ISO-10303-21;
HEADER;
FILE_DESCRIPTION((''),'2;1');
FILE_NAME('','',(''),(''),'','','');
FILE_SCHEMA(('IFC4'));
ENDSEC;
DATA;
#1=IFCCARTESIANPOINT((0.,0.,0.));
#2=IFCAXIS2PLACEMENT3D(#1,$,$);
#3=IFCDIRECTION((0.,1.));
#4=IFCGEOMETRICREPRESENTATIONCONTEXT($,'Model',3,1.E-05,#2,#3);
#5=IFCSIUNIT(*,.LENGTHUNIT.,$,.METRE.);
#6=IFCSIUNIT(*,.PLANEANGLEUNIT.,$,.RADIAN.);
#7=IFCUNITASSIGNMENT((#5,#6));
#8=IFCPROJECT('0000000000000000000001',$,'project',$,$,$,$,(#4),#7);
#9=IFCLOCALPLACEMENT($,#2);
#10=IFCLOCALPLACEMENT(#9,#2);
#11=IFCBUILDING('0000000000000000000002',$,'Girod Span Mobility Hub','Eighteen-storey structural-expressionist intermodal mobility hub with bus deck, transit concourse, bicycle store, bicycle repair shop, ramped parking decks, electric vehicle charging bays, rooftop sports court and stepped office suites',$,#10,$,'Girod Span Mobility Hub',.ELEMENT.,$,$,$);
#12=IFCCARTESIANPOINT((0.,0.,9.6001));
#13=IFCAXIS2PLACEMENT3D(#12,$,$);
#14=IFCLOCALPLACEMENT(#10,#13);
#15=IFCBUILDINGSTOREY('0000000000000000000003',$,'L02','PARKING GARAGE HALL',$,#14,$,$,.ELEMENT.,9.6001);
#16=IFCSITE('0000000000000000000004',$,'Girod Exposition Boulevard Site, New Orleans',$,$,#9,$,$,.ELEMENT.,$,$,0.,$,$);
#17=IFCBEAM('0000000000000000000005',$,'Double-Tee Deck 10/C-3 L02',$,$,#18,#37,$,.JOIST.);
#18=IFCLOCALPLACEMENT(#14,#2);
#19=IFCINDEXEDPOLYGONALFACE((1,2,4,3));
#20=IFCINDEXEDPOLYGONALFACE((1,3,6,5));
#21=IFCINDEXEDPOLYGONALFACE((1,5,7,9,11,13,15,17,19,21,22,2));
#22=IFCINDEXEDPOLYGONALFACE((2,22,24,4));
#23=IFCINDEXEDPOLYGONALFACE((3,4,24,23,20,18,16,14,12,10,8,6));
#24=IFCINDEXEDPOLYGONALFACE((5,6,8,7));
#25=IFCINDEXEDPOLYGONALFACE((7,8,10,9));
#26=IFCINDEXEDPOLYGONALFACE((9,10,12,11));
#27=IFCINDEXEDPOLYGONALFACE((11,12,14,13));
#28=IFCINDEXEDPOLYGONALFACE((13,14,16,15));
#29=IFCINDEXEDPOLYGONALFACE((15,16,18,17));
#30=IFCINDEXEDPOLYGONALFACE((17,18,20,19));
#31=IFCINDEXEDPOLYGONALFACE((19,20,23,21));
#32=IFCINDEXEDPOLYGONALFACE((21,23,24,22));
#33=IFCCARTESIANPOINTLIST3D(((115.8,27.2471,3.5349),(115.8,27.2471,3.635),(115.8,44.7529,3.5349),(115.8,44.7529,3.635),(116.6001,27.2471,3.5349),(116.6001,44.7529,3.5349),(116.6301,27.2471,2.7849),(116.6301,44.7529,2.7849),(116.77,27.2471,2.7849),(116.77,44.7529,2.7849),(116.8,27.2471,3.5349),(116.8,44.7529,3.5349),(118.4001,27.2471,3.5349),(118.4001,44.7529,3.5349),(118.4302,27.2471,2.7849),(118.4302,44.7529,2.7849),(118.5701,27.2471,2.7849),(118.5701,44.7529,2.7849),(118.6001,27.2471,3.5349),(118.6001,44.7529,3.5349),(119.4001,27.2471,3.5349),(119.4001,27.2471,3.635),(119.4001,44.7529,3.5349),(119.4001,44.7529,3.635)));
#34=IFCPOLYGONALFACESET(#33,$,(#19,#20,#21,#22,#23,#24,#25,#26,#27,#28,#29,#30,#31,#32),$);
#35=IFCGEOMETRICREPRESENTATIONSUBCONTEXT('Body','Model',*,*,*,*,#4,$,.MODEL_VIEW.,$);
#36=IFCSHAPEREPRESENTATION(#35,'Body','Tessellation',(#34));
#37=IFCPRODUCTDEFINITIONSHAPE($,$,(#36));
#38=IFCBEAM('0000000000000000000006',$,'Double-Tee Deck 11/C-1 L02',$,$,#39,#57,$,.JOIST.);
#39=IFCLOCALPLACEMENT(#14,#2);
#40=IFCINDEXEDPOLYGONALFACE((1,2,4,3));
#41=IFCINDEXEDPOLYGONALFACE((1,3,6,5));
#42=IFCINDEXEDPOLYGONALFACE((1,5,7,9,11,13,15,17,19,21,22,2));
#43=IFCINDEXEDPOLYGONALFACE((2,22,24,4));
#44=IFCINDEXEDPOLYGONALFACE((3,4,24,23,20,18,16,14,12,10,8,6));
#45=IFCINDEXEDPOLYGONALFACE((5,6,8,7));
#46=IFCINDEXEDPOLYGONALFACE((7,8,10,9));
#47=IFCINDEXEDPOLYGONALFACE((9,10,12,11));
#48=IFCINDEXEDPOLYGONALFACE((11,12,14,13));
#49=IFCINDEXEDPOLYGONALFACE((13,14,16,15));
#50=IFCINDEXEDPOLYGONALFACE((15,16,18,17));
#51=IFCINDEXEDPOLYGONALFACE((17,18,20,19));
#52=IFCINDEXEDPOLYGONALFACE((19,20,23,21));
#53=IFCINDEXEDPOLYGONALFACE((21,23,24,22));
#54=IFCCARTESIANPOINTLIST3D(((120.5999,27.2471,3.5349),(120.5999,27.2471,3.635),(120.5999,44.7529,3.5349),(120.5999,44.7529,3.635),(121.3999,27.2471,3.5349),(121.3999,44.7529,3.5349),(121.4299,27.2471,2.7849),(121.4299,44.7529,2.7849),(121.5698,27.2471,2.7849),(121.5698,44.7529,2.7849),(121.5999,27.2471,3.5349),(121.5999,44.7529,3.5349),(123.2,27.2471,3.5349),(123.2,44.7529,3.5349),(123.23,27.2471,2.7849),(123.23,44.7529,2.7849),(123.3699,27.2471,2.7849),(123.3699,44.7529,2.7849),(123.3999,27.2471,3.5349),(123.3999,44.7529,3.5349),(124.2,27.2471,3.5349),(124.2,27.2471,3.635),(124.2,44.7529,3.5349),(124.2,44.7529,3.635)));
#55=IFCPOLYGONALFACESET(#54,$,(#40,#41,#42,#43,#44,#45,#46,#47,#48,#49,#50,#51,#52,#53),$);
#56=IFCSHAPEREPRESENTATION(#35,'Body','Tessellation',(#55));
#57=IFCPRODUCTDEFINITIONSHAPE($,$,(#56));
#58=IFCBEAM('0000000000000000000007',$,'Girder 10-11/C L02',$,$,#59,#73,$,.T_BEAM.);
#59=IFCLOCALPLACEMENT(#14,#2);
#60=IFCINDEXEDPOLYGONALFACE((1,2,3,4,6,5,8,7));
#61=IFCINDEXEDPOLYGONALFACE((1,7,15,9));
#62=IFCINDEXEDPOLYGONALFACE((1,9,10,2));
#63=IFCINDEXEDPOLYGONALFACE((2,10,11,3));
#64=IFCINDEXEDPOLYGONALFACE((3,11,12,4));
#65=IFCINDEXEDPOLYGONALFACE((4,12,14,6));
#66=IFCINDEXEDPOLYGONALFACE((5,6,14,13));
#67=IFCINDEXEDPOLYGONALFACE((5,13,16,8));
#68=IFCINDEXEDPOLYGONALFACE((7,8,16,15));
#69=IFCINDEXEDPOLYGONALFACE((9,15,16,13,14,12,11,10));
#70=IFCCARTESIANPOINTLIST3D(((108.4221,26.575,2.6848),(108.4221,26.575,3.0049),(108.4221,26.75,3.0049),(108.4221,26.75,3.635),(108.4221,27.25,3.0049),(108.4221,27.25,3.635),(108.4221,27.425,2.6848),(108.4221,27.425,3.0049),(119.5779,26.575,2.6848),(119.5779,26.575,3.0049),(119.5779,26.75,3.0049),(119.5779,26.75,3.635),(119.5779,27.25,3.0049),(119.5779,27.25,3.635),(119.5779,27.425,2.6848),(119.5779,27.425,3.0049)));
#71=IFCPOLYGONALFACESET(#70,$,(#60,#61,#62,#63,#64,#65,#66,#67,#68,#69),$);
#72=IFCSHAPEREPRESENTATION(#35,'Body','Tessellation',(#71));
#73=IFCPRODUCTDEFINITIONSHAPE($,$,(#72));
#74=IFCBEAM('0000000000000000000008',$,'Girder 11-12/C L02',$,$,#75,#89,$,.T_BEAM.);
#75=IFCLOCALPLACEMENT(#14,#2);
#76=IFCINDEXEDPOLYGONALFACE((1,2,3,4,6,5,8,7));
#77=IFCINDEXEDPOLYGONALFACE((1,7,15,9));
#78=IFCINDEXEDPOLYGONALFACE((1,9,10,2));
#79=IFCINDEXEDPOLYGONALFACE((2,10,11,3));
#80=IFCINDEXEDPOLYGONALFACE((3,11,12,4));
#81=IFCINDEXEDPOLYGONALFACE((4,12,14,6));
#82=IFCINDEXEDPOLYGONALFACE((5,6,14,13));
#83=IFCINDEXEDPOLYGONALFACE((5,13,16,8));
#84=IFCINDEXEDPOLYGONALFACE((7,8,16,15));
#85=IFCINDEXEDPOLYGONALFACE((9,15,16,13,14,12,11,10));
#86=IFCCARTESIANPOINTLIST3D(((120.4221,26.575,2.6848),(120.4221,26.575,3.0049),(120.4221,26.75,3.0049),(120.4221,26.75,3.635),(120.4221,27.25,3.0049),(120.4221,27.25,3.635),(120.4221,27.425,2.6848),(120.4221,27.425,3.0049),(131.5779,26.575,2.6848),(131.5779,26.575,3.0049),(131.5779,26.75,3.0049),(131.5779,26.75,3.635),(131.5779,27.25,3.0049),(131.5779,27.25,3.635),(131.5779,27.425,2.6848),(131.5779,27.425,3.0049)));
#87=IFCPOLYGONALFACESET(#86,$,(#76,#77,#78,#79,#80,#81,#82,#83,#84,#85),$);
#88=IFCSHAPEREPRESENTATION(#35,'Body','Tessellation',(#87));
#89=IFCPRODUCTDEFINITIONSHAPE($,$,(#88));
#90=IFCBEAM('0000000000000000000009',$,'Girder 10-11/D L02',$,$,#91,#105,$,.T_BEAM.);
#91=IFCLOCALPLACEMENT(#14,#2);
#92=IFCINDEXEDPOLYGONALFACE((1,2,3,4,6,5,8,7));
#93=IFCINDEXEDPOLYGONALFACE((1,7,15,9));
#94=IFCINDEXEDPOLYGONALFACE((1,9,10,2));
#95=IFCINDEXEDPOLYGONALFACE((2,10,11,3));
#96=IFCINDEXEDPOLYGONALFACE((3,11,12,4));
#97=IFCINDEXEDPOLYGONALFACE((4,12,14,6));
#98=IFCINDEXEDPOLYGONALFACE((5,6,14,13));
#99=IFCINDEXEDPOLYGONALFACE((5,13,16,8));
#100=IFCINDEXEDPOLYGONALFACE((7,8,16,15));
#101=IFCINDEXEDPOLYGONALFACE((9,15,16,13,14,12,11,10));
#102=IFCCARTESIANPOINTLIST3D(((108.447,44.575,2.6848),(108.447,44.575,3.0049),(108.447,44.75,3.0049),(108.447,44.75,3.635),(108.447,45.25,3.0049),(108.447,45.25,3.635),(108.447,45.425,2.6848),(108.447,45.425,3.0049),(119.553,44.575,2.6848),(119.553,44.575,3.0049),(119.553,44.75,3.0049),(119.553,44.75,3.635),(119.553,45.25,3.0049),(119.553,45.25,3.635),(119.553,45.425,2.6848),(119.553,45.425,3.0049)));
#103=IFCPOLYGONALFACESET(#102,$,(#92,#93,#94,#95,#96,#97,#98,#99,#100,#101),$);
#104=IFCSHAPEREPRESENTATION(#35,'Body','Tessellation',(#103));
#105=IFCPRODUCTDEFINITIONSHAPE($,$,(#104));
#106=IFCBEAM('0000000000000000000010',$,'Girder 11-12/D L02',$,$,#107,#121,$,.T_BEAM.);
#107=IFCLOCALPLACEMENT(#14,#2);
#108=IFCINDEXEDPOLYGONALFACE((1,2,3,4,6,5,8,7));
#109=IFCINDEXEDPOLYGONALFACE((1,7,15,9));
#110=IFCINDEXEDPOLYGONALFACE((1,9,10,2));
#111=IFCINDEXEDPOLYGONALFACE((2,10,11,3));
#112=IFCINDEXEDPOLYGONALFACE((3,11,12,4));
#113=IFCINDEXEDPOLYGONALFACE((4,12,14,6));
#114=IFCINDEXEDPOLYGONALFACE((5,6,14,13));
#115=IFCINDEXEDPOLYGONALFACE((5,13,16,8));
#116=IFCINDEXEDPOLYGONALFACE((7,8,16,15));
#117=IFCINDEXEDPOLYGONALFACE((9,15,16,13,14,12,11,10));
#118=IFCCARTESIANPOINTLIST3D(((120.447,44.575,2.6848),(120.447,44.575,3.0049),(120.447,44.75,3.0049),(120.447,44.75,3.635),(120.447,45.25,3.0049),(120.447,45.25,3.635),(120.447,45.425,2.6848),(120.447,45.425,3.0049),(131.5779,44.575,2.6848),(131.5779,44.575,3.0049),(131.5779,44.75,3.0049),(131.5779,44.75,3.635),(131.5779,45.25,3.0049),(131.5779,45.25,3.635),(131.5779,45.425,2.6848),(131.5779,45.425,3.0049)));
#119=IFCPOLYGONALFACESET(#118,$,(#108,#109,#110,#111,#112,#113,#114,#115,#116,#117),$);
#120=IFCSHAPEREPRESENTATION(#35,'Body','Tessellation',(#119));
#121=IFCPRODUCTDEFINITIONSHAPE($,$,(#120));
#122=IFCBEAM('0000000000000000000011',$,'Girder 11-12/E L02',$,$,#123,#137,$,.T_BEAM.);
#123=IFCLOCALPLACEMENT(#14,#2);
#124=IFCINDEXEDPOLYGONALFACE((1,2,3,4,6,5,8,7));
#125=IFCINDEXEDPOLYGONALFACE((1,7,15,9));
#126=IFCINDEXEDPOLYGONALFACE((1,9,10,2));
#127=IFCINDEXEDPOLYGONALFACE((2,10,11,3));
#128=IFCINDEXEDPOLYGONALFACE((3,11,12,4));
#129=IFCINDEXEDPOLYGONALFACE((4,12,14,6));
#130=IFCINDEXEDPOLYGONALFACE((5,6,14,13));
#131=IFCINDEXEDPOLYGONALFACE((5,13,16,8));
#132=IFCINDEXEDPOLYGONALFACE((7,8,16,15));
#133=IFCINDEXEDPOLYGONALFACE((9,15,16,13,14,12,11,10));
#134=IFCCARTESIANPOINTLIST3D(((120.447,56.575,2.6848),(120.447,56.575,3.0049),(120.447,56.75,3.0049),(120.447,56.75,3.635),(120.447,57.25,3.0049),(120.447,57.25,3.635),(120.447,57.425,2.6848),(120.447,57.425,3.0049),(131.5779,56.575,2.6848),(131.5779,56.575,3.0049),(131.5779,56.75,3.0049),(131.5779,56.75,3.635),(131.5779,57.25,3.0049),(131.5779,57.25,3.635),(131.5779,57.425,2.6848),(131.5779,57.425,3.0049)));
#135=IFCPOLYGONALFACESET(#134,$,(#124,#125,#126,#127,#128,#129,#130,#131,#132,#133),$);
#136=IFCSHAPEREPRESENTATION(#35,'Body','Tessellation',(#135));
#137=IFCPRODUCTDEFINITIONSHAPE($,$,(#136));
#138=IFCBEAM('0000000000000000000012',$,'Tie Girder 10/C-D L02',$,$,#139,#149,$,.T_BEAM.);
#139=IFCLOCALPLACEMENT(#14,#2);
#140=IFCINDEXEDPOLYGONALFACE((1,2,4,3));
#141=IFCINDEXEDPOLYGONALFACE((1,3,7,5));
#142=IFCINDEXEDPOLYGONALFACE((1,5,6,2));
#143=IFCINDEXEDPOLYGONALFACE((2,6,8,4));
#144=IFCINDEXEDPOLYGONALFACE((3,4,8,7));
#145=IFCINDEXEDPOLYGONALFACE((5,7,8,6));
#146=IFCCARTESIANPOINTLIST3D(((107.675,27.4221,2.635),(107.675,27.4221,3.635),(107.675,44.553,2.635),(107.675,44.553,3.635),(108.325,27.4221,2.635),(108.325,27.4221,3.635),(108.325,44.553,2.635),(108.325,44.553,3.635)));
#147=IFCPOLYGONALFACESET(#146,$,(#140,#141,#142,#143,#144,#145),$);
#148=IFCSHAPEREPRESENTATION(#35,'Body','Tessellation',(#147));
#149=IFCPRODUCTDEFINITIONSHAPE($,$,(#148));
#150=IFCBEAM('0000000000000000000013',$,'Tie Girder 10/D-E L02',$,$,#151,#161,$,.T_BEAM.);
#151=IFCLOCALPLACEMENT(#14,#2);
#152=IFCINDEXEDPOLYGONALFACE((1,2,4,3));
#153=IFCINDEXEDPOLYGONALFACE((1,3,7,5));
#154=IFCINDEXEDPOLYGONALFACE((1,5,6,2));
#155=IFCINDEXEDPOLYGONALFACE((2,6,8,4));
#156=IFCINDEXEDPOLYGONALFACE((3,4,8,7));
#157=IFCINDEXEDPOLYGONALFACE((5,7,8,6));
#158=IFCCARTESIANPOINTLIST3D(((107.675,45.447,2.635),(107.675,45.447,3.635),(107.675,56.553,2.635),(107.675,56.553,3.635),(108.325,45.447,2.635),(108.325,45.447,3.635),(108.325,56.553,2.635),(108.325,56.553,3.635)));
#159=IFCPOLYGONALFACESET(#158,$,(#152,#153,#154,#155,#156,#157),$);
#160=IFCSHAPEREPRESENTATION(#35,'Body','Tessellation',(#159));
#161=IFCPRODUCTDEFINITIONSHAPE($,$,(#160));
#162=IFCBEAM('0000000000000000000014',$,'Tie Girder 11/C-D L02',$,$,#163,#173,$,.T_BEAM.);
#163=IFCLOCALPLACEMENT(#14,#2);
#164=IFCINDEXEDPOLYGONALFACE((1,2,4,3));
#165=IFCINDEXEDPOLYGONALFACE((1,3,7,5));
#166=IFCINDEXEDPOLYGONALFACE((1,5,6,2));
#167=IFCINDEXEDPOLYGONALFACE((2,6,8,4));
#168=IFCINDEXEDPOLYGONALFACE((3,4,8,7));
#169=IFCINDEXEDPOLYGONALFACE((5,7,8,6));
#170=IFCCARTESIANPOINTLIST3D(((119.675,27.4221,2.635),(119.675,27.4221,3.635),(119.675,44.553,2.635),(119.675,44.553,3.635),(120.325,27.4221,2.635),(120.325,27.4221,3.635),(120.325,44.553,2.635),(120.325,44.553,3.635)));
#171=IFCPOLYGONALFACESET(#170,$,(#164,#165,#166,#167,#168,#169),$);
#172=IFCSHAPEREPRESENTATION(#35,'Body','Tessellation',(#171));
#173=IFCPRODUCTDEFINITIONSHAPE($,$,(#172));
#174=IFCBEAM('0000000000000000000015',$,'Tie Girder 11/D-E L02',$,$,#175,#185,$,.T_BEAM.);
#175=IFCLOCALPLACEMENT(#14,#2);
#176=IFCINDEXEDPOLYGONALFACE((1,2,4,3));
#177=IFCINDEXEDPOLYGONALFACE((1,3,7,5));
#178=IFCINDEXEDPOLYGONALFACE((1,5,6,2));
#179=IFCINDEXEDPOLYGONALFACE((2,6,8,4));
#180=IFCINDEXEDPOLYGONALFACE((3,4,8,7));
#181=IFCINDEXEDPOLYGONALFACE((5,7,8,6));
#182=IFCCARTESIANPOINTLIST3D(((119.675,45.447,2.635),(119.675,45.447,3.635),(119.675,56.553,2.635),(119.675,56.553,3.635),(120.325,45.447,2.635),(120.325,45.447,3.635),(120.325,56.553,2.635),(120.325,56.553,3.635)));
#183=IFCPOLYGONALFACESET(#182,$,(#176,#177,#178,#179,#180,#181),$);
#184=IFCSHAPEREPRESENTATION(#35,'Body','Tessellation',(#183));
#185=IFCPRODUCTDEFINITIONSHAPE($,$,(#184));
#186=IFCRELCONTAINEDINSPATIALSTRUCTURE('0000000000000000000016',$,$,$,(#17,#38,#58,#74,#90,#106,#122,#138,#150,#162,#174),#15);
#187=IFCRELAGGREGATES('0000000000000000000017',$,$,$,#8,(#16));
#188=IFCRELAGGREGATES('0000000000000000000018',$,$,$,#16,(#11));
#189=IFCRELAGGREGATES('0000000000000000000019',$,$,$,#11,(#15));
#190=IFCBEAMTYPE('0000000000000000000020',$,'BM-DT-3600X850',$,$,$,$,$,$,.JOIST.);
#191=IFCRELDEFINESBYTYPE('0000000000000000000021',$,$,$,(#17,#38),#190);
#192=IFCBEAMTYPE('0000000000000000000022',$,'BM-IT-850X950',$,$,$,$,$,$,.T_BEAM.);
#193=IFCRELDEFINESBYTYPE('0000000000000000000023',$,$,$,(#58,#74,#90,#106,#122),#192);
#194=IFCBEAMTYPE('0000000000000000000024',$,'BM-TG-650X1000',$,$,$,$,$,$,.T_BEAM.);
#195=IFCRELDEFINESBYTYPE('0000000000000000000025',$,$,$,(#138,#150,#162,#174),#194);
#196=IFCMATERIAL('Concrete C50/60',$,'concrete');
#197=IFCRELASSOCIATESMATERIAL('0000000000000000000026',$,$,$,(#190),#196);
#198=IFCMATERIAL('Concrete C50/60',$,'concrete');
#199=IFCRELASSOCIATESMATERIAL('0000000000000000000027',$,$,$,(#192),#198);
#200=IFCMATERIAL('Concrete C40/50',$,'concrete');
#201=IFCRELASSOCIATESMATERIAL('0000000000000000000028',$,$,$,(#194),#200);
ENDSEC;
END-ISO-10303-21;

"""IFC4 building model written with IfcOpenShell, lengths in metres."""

from ifc_helpers import new_model, si_unit, direction, frame, origin, origin_2d, place, context, subcontext, project, spatial, polyline, rectangle, outline, extrude, material, material_profile, profile_set, type_object, element, save


model = new_model("IFC4")

# Units and contexts
model_context = context("Model", 3, precision=1e-05, world=origin(), true_north=direction((0.0, 1.0)))
body_context = subcontext(model_context, "Body", "Model", "MODEL_VIEW")
ifc_project = project(units=[si_unit("LENGTHUNIT", "METRE"), si_unit("PLANEANGLEUNIT", "RADIAN")], contexts=[model_context])

# Site, building, storey
site_placement = place(None, origin())
site = spatial("IfcSite", under=ifc_project, at=site_placement, Name="Girod Exposition Boulevard Site, New Orleans", CompositionType="ELEMENT", RefElevation=0.0)
building_placement = place(site_placement, origin())
building = spatial("IfcBuilding", under=site, at=building_placement, Name="Girod Span Mobility Hub", Description="Eighteen-storey structural-expressionist intermodal mobility hub with bus deck, transit concourse, bicycle store, bicycle repair shop, ramped parking decks, electric vehicle charging bays, rooftop sports court and stepped office suites", LongName="Girod Span Mobility Hub", CompositionType="ELEMENT")
storey_placement = place(building_placement, frame((0.0, 0.0, 9.6001)))
storey = spatial("IfcBuildingStorey", under=building, at=storey_placement, Name="L02", Description="PARKING GARAGE HALL", CompositionType="ELEMENT", Elevation=9.6001)

# Beams
ifc_material_1 = material(Name="Concrete C50/60", Category="concrete")
ifc_material_profile_1 = material_profile(ifc_material_1, outline(polyline([(-1.8, 0.425), (-1.8, 0.325), (-1.0, 0.325), (-0.97, -0.425), (-0.8301, -0.425), (-0.8, 0.325), (0.8, 0.325), (0.8301, -0.425), (0.97, -0.425), (1.0, 0.325), (1.8, 0.325), (1.8, 0.425), (-1.8, 0.425)])), Name="DT-3600X850")
ifc_profile_set_1 = profile_set([ifc_material_profile_1], Name="Concrete C50/60")
beam_type_1 = type_object("IfcBeamType", Name="BM-DT-3600X850", PredefinedType="JOIST", material=ifc_profile_set_1)
for number, where, z_axis, x_axis, name in (
    (1, (117.6001, 27.2471, 3.21), (0.0, 1.0, 0.0), (-1.0, 0.0, 0.0), "Double-Tee Deck 10/C-3 L02"),
    (2, (122.3999, 27.2471, 3.21), (0.0, 1.0, 0.0), (-1.0, 0.0, 0.0), "Double-Tee Deck 11/C-1 L02"),
):
    element("IfcBeam", number, at=place(storey_placement, frame(where, z_axis=z_axis, x_axis=x_axis)), inside=storey, type_object=beam_type_1, Name=name, PredefinedType="JOIST", context=body_context, shape_type="SweptSolid", body=[
        extrude(outline(polyline([(-1.8, 0.425), (-1.8, 0.325), (-1.0, 0.325), (-0.97, -0.425), (-0.8301, -0.425), (-0.8, 0.325), (0.8, 0.325), (0.8301, -0.425), (0.97, -0.425), (1.0, 0.325), (1.8, 0.325), (1.8, 0.425), (-1.8, 0.425)])), origin(), (0.0, 0.0, 1.0), 17.5059),
    ])
ifc_material_2 = material(Name="Concrete C50/60", Category="concrete")
ifc_material_profile_2 = material_profile(ifc_material_2, outline(polyline([(-0.425, -0.4751), (0.425, -0.4751), (0.425, -0.155), (0.25, -0.155), (0.25, 0.4751), (-0.25, 0.4751), (-0.25, -0.155), (-0.425, -0.155), (-0.425, -0.4751)])), Name="IT-850X950")
ifc_profile_set_2 = profile_set([ifc_material_profile_2], Name="Concrete C50/60")
beam_type_2 = type_object("IfcBeamType", Name="BM-IT-850X950", PredefinedType="T_BEAM", material=ifc_profile_set_2)
for number, where, z_axis, x_axis, name in (
    (3, (108.4221, 27.0, 3.1599), (1.0, 0.0, 0.0), (0.0, 1.0, 0.0), "Girder 10-11/C L02"),
    (4, (120.4221, 27.0, 3.1599), (1.0, 0.0, 0.0), (0.0, 1.0, 0.0), "Girder 11-12/C L02"),
):
    element("IfcBeam", number, at=place(storey_placement, frame(where, z_axis=z_axis, x_axis=x_axis)), inside=storey, type_object=beam_type_2, Name=name, PredefinedType="T_BEAM", context=body_context, shape_type="SweptSolid", body=[
        extrude(outline(polyline([(-0.425, -0.4751), (0.425, -0.4751), (0.425, -0.155), (0.25, -0.155), (0.25, 0.4751), (-0.25, 0.4751), (-0.25, -0.155), (-0.425, -0.155), (-0.425, -0.4751)])), origin(), (0.0, 0.0, 1.0), 11.1558),
    ])
beam_1_placement = place(storey_placement, frame((108.447, 45.0, 3.1599), z_axis=(1.0, 0.0, 0.0), x_axis=(0.0, 1.0, 0.0)))
element("IfcBeam", 5, at=beam_1_placement, inside=storey, type_object=beam_type_2, Name="Girder 10-11/D L02", PredefinedType="T_BEAM", context=body_context, shape_type="SweptSolid", body=[
    extrude(outline(polyline([(-0.425, -0.4751), (0.425, -0.4751), (0.425, -0.155), (0.25, -0.155), (0.25, 0.4751), (-0.25, 0.4751), (-0.25, -0.155), (-0.425, -0.155), (-0.425, -0.4751)])), origin(), (0.0, 0.0, 1.0), 11.106),
])
for number, where, z_axis, x_axis, name in (
    (6, (120.447, 45.0, 3.1599), (1.0, 0.0, 0.0), (0.0, 1.0, 0.0), "Girder 11-12/D L02"),
    (7, (120.447, 57.0, 3.1599), (1.0, 0.0, 0.0), (0.0, 1.0, 0.0), "Girder 11-12/E L02"),
):
    element("IfcBeam", number, at=place(storey_placement, frame(where, z_axis=z_axis, x_axis=x_axis)), inside=storey, type_object=beam_type_2, Name=name, PredefinedType="T_BEAM", context=body_context, shape_type="SweptSolid", body=[
        extrude(outline(polyline([(-0.425, -0.4751), (0.425, -0.4751), (0.425, -0.155), (0.25, -0.155), (0.25, 0.4751), (-0.25, 0.4751), (-0.25, -0.155), (-0.425, -0.155), (-0.425, -0.4751)])), origin(), (0.0, 0.0, 1.0), 11.1309),
    ])
ifc_material_3 = material(Name="Concrete C40/50", Category="concrete")
ifc_material_profile_3 = material_profile(ifc_material_3, rectangle(XDim=0.6499, YDim=1.0, at=origin_2d()), Name="TG-650X1000")
ifc_profile_set_3 = profile_set([ifc_material_profile_3], Name="Concrete C40/50")
beam_type_3 = type_object("IfcBeamType", Name="BM-TG-650X1000", PredefinedType="T_BEAM", material=ifc_profile_set_3)
beam_2_placement = place(storey_placement, frame((108.0, 27.4221, 3.135), z_axis=(0.0, 1.0, 0.0), x_axis=(-1.0, 0.0, 0.0)))
element("IfcBeam", 8, at=beam_2_placement, inside=storey, type_object=beam_type_3, Name="Tie Girder 10/C-D L02", PredefinedType="T_BEAM", context=body_context, shape_type="SweptSolid", body=[
    extrude(rectangle(XDim=0.6499, YDim=1.0, at=origin_2d()), origin(), (0.0, 0.0, 1.0), 17.1309),
])
beam_3_placement = place(storey_placement, frame((108.0, 45.447, 3.135), z_axis=(0.0, 1.0, 0.0), x_axis=(-1.0, 0.0, 0.0)))
element("IfcBeam", 9, at=beam_3_placement, inside=storey, type_object=beam_type_3, Name="Tie Girder 10/D-E L02", PredefinedType="T_BEAM", context=body_context, shape_type="SweptSolid", body=[
    extrude(rectangle(XDim=0.6499, YDim=1.0, at=origin_2d()), origin(), (0.0, 0.0, 1.0), 11.106),
])
beam_4_placement = place(storey_placement, frame((120.0, 27.4221, 3.135), z_axis=(0.0, 1.0, 0.0), x_axis=(-1.0, 0.0, 0.0)))
element("IfcBeam", 10, at=beam_4_placement, inside=storey, type_object=beam_type_3, Name="Tie Girder 11/C-D L02", PredefinedType="T_BEAM", context=body_context, shape_type="SweptSolid", body=[
    extrude(rectangle(XDim=0.6499, YDim=1.0, at=origin_2d()), origin(), (0.0, 0.0, 1.0), 17.1309),
])
beam_5_placement = place(storey_placement, frame((120.0, 45.447, 3.135), z_axis=(0.0, 1.0, 0.0), x_axis=(-1.0, 0.0, 0.0)))
element("IfcBeam", 11, at=beam_5_placement, inside=storey, type_object=beam_type_3, Name="Tie Girder 11/D-E L02", PredefinedType="T_BEAM", context=body_context, shape_type="SweptSolid", body=[
    extrude(rectangle(XDim=0.6499, YDim=1.0, at=origin_2d()), origin(), (0.0, 0.0, 1.0), 11.106),
])

save(model, "model.ifc")
